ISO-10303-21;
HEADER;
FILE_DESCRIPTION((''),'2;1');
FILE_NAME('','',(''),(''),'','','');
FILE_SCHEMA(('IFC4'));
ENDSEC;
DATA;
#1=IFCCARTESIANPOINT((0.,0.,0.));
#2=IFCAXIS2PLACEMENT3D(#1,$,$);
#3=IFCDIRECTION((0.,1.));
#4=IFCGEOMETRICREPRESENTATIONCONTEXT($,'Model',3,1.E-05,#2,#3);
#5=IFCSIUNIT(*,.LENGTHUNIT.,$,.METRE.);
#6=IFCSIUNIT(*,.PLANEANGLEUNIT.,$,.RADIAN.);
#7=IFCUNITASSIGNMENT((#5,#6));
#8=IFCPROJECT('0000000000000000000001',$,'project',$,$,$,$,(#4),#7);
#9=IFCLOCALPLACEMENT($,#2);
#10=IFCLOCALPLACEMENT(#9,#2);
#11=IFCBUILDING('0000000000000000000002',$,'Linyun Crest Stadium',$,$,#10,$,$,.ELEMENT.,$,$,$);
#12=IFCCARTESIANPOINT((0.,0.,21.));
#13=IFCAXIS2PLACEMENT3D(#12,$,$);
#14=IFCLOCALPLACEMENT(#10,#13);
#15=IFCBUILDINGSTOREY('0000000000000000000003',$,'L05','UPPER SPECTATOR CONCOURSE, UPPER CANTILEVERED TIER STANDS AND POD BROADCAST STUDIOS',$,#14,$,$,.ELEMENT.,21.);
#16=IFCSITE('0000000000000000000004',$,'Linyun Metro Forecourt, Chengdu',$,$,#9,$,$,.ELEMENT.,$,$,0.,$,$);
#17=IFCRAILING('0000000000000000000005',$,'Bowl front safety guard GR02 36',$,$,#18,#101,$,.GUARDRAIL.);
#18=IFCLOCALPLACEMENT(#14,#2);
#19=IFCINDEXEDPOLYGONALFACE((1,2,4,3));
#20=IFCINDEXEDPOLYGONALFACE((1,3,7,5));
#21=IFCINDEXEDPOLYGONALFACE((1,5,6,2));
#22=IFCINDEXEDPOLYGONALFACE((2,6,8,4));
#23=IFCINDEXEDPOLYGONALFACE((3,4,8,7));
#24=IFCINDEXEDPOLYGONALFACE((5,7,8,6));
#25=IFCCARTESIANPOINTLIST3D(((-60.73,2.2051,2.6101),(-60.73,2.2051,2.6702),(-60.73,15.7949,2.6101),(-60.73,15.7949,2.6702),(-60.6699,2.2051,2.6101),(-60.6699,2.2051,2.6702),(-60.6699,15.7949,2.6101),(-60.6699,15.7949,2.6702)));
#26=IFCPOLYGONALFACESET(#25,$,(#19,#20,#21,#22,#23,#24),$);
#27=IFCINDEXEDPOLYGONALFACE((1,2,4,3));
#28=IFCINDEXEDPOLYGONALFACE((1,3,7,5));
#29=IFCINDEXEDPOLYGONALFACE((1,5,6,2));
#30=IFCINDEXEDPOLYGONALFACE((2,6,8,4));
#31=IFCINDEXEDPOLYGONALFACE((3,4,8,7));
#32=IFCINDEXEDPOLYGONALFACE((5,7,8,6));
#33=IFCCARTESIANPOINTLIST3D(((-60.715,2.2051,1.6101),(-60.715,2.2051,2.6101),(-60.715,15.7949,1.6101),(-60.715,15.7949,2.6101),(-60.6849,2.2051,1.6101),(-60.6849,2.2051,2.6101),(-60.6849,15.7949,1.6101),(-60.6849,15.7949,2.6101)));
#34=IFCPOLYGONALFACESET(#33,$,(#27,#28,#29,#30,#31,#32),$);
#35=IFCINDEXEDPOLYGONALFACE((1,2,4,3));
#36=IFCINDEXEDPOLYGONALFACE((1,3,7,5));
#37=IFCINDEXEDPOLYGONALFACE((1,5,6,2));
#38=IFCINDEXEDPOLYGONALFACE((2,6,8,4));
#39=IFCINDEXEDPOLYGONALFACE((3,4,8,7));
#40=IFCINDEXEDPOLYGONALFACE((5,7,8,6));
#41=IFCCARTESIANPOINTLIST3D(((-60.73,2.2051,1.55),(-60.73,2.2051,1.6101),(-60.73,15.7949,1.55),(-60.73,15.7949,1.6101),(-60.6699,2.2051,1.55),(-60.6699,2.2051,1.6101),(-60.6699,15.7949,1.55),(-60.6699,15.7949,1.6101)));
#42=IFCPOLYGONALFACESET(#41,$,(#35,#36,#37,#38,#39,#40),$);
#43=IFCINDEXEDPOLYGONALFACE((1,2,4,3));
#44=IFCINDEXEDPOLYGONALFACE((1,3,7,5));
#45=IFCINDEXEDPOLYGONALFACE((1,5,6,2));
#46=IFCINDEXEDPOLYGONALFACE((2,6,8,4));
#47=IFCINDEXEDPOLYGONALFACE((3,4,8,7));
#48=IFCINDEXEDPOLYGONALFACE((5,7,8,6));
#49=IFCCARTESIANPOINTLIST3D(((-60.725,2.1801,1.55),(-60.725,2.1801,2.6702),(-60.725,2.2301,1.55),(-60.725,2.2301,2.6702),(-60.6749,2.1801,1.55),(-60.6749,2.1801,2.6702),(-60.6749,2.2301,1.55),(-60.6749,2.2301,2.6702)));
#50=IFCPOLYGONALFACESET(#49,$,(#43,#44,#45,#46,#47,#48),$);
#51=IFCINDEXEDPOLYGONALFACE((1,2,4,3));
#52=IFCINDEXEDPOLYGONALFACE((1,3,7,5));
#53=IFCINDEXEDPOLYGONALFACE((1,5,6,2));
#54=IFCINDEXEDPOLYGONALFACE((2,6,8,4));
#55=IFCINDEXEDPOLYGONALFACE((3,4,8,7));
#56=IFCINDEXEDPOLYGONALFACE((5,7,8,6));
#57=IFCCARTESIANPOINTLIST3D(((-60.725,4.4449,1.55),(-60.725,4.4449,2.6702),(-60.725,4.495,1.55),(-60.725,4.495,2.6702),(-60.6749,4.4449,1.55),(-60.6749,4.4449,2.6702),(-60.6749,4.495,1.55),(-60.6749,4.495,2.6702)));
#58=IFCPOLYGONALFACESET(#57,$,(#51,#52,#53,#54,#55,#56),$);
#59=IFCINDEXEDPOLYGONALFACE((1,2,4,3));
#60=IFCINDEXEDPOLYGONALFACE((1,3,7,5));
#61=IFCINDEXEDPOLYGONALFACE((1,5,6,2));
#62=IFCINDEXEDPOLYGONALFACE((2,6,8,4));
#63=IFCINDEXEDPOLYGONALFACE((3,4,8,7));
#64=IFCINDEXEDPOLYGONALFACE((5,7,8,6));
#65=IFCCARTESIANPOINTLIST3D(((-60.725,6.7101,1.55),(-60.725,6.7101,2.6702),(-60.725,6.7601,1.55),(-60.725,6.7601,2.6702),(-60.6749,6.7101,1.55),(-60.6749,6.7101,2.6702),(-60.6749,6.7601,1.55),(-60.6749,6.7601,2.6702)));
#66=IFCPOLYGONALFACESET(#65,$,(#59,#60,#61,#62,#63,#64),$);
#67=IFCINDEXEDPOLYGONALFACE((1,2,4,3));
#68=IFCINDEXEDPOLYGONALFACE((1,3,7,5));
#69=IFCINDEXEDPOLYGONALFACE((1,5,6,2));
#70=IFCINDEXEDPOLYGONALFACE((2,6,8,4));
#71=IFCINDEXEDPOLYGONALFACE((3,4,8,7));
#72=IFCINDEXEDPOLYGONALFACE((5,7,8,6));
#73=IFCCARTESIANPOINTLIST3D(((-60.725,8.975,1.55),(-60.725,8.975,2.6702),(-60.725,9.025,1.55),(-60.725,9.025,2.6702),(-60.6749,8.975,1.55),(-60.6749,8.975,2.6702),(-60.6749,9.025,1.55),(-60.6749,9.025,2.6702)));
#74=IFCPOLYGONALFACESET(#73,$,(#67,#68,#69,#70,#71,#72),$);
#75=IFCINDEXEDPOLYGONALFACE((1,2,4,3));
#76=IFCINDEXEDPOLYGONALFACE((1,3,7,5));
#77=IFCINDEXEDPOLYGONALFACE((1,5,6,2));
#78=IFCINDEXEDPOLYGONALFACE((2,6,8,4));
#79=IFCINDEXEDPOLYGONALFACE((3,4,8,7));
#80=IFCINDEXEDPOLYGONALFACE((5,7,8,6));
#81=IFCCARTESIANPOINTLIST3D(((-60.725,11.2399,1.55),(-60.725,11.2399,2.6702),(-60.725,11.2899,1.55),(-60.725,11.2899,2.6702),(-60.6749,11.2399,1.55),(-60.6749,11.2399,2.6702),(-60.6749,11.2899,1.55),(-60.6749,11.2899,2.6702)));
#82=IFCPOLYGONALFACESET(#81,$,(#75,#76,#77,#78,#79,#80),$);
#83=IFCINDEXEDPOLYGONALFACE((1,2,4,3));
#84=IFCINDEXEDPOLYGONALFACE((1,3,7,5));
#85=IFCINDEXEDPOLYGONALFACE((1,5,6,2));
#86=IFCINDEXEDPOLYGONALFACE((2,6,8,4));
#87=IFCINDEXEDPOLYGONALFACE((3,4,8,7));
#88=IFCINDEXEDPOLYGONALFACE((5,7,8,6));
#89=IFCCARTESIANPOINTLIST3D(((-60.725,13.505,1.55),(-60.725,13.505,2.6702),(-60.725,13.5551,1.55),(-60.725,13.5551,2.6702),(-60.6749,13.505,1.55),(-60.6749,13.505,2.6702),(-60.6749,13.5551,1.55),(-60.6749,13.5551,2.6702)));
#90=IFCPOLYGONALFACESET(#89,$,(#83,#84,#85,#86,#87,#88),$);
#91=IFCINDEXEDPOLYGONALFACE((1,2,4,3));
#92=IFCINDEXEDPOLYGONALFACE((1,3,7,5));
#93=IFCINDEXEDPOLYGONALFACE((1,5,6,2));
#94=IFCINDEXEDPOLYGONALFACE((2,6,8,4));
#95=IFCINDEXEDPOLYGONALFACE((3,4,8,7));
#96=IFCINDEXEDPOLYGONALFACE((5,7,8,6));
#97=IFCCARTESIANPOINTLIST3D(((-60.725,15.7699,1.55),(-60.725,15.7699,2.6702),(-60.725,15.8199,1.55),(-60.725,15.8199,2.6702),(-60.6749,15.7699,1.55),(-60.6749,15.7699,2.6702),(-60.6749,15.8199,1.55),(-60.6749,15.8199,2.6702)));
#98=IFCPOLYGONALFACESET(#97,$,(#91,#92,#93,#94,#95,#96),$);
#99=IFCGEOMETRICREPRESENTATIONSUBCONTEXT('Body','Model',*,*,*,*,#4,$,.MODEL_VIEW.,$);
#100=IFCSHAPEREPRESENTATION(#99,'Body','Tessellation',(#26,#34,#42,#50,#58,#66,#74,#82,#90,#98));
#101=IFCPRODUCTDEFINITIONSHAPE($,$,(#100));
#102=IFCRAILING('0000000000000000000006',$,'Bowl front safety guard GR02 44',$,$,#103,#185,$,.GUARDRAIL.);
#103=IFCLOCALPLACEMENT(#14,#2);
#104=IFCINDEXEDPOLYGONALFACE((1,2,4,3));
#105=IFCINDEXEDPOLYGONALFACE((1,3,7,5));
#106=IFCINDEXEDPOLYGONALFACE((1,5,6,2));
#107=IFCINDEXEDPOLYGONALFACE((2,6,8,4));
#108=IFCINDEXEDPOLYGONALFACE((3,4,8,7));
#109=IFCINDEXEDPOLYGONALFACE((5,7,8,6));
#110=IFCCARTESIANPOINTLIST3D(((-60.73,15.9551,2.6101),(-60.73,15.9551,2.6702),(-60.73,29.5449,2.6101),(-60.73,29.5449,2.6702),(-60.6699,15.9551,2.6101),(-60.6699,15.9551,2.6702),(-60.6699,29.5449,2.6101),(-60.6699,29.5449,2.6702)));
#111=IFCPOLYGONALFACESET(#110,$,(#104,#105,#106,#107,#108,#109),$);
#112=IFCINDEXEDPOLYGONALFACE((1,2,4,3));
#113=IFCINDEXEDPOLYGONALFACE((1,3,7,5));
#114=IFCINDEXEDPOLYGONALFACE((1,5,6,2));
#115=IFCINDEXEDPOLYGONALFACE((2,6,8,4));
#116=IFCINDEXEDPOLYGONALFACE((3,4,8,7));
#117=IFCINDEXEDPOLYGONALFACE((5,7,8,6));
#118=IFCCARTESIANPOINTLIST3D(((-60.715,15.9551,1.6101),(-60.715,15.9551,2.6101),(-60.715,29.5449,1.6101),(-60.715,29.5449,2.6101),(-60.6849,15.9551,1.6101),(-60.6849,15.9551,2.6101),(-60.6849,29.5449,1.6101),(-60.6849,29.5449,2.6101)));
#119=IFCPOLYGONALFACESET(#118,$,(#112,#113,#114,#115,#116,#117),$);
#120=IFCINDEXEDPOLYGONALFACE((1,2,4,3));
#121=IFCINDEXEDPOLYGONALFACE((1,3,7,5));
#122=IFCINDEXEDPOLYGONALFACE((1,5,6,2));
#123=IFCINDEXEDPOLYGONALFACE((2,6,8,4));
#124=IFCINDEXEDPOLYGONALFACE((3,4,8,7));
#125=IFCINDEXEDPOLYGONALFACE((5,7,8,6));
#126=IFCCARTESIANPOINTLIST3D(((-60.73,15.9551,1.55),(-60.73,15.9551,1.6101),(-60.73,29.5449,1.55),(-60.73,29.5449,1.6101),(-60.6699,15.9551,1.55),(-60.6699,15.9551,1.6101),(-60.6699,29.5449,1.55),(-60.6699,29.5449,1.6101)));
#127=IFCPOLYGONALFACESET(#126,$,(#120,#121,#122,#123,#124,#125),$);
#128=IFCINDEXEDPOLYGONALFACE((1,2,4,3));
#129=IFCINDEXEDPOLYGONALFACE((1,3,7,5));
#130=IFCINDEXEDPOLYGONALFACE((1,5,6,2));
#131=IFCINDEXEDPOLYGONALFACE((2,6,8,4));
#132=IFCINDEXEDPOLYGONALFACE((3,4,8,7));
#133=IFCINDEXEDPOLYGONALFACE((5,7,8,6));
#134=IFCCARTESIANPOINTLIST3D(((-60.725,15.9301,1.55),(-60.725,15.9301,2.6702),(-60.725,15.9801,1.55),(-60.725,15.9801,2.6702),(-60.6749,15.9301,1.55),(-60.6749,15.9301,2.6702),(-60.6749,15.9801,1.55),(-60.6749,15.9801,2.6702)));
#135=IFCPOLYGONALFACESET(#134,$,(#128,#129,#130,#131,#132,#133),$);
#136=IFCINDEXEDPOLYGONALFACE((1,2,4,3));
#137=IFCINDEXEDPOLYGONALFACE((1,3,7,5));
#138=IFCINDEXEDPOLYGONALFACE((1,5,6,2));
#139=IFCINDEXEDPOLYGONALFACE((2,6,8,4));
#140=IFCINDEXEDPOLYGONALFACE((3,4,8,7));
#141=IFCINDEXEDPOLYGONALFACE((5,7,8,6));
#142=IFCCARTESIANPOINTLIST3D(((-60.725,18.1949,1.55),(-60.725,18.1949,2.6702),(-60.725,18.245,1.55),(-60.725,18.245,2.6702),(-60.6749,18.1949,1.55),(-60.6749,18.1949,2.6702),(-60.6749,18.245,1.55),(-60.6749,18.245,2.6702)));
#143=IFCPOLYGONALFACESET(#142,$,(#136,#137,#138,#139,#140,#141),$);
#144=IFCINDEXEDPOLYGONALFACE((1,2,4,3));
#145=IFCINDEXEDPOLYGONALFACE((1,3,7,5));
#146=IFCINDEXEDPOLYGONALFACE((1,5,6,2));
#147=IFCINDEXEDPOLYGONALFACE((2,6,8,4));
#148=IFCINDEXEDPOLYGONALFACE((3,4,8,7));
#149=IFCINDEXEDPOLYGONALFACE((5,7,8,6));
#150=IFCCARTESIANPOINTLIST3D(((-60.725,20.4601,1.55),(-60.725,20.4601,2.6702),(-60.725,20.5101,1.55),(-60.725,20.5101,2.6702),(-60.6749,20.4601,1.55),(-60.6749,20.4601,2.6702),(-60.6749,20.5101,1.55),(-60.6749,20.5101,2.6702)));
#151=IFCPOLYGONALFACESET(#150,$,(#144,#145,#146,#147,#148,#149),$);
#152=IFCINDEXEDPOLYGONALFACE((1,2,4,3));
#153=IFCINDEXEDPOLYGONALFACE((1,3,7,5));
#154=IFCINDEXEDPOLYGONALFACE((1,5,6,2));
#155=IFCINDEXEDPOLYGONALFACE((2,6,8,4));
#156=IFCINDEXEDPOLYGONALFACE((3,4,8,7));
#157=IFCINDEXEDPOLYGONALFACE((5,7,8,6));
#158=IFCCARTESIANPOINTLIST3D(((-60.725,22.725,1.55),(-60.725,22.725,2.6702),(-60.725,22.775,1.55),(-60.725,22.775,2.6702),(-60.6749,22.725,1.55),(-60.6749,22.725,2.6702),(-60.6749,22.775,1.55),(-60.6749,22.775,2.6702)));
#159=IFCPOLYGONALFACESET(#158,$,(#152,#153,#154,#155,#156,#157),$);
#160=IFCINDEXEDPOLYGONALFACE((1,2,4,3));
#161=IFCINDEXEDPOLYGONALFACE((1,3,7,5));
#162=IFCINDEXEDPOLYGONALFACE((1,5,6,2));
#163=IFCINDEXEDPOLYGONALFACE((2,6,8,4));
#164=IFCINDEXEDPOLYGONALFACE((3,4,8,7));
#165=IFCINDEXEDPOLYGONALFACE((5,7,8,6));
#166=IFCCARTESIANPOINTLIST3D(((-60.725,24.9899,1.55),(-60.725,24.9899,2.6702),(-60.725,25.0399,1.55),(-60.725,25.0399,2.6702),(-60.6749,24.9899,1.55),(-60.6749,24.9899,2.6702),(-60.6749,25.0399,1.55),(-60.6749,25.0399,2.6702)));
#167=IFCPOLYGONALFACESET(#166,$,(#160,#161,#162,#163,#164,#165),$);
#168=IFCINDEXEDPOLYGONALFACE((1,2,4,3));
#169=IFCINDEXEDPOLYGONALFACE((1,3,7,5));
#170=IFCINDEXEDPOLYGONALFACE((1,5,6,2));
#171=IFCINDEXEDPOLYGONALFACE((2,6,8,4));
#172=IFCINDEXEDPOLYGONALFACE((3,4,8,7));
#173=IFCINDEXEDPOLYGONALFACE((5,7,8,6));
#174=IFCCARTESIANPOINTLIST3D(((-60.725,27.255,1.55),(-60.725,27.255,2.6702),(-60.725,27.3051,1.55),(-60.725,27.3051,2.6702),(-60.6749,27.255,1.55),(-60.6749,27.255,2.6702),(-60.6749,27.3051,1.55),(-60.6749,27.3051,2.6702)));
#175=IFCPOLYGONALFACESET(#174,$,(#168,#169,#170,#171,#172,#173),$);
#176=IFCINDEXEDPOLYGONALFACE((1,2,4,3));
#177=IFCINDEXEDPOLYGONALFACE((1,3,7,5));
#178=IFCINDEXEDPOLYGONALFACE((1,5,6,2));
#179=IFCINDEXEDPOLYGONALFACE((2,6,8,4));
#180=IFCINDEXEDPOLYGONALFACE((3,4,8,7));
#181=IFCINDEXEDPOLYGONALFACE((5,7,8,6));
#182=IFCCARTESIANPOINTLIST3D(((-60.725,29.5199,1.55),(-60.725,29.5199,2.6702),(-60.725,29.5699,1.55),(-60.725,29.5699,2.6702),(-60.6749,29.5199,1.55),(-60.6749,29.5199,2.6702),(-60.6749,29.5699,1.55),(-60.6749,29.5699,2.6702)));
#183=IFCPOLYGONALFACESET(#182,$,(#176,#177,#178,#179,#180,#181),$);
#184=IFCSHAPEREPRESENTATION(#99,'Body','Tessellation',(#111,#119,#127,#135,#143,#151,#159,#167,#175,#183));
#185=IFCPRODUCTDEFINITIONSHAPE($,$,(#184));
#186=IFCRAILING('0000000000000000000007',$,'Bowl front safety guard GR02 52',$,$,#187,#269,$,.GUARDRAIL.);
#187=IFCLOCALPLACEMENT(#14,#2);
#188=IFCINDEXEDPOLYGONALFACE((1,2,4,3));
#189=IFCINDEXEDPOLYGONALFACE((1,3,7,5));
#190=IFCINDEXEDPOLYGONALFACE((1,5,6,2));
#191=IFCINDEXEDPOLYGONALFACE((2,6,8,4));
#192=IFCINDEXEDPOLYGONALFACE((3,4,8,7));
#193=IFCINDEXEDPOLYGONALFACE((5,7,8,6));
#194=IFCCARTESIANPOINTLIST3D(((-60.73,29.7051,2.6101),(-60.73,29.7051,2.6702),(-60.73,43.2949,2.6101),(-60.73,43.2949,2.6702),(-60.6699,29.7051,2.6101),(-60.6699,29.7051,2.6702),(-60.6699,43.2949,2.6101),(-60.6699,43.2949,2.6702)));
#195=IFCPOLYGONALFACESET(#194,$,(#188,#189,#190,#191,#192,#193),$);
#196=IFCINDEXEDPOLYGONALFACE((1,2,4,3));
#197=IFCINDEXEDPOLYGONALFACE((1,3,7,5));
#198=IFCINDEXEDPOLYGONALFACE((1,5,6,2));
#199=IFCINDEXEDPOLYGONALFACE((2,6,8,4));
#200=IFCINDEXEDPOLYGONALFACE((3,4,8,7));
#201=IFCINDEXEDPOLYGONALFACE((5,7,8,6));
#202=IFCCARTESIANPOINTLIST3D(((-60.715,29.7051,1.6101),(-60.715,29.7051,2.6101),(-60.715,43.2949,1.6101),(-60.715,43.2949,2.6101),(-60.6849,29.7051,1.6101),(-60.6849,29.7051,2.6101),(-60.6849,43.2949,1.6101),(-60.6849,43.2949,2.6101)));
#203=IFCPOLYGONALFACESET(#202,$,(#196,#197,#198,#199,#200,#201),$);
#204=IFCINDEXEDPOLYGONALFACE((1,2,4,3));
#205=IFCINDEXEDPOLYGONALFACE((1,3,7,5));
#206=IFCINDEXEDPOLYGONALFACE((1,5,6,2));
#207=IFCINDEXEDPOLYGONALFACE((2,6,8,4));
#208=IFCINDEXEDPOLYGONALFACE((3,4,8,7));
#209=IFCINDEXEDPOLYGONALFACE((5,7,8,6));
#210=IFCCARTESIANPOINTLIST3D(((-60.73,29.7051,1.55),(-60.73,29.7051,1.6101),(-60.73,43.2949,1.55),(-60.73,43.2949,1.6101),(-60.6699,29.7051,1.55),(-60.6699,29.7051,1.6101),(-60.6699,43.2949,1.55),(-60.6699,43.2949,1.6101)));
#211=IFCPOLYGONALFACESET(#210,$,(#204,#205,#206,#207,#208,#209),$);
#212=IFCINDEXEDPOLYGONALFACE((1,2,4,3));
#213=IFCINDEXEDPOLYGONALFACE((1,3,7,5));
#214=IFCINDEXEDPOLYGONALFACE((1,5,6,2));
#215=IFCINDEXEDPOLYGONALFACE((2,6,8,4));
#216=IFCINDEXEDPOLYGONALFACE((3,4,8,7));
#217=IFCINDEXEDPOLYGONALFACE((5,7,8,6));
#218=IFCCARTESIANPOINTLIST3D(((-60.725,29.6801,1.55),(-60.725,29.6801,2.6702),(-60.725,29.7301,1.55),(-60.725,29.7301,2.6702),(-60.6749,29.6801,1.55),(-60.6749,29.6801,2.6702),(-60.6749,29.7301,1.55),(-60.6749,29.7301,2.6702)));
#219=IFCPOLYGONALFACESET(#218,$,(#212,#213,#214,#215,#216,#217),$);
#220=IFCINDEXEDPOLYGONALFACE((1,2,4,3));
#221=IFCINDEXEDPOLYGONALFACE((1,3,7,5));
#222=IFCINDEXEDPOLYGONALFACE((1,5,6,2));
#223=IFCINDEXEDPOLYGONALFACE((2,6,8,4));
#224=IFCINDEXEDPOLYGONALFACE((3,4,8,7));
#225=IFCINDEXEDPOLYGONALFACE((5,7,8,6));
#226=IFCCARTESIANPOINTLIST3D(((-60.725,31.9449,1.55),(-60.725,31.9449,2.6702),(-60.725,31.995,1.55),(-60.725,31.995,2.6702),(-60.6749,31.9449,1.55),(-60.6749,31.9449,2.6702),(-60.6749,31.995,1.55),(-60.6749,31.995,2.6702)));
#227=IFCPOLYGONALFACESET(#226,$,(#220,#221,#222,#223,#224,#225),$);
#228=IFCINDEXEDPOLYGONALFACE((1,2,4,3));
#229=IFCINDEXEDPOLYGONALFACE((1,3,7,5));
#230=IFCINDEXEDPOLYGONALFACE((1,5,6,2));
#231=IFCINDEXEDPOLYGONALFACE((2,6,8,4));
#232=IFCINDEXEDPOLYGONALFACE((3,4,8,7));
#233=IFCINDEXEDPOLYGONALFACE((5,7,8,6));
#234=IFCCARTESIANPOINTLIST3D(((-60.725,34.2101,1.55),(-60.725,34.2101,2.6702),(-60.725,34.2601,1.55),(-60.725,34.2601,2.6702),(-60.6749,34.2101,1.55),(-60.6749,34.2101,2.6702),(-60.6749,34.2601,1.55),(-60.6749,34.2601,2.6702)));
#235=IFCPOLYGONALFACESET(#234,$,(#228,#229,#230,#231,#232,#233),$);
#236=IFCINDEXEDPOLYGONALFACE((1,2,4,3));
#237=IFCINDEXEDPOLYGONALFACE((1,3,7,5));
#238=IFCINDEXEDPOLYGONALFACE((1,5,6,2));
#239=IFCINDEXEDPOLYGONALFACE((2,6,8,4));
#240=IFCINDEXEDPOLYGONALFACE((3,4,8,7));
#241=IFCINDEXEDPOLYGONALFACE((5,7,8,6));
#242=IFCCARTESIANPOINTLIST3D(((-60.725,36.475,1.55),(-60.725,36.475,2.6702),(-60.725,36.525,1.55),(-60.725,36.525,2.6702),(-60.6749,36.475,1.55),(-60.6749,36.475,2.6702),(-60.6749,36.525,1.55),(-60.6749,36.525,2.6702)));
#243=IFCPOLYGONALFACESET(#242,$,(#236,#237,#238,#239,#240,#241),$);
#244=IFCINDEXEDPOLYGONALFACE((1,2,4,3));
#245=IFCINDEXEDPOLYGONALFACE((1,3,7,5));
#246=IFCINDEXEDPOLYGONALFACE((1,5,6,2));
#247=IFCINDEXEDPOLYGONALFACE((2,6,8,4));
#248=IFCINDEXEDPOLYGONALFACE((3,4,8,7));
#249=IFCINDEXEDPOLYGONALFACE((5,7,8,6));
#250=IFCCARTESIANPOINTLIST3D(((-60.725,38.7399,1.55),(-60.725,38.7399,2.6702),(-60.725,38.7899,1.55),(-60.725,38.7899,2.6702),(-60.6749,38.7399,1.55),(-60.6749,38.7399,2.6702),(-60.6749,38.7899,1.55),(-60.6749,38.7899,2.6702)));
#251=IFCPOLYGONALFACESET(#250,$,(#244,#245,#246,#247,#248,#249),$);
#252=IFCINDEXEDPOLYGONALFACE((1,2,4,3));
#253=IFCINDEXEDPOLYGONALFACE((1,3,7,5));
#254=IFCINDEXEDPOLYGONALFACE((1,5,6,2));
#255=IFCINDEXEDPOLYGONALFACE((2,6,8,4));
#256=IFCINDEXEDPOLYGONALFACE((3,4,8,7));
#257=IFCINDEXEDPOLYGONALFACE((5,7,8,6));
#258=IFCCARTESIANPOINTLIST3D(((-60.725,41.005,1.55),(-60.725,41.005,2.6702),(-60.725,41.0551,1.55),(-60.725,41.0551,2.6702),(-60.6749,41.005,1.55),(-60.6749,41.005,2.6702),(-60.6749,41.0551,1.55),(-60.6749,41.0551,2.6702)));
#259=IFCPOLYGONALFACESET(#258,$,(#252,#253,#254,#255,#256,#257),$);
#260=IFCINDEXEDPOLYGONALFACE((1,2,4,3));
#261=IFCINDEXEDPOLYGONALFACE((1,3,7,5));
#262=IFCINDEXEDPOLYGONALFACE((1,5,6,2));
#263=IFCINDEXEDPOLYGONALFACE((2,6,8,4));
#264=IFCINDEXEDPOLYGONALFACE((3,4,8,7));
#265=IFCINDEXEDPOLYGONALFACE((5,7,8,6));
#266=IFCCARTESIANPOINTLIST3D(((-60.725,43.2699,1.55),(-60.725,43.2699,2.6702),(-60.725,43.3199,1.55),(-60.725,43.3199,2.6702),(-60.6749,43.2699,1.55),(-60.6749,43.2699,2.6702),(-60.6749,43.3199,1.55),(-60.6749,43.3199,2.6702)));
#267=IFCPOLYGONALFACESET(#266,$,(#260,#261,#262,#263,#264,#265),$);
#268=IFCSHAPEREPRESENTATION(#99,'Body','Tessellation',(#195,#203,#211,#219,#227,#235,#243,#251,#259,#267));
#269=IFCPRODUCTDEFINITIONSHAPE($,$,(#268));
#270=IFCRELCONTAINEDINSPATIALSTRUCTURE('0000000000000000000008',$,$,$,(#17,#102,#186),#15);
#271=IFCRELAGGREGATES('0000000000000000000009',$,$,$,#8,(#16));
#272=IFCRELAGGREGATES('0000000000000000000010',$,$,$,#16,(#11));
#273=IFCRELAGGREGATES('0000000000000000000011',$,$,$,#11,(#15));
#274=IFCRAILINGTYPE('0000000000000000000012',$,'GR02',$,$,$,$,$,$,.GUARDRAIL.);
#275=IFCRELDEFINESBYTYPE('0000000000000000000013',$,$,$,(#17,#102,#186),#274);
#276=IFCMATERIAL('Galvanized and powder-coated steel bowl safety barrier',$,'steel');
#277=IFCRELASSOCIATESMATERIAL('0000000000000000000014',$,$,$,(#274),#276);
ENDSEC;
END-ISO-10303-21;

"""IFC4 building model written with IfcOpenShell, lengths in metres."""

from ifc_helpers import new_model, si_unit, direction, frame, origin, origin_2d, place, context, subcontext, project, spatial, rectangle, extrude, material, type_object, element, save


model = new_model("IFC4")

# Units and contexts
model_context = context("Model", 3, precision=1e-05, world=origin(), true_north=direction((0.0, 1.0)))
body_context = subcontext(model_context, "Body", "Model", "MODEL_VIEW")
ifc_project = project(units=[si_unit("LENGTHUNIT", "METRE"), si_unit("PLANEANGLEUNIT", "RADIAN")], contexts=[model_context])

# Site, building, storey
site_placement = place(None, origin())
site = spatial("IfcSite", under=ifc_project, at=site_placement, Name="Linyun Metro Forecourt, Chengdu", CompositionType="ELEMENT", RefElevation=0.0)
building_placement = place(site_placement, origin())
building = spatial("IfcBuilding", under=site, at=building_placement, Name="Linyun Crest Stadium", CompositionType="ELEMENT")
storey_placement = place(building_placement, frame((0.0, 0.0, 21.0)))
storey = spatial("IfcBuildingStorey", under=building, at=storey_placement, Name="L05", Description="UPPER SPECTATOR CONCOURSE, UPPER CANTILEVERED TIER STANDS AND POD BROADCAST STUDIOS", CompositionType="ELEMENT", Elevation=21.0)

# Railings
ifc_material_1 = material(Name="Galvanized and powder-coated steel bowl safety barrier", Category="steel")
railing_type = type_object("IfcRailingType", Name="GR02", PredefinedType="GUARDRAIL", material=ifc_material_1)
for number, where, name in (
    (1, (-60.7, 2.2051, 1.55), "Bowl front safety guard GR02 36"),
    (2, (-60.7, 15.9551, 1.55), "Bowl front safety guard GR02 44"),
    (3, (-60.7, 29.7051, 1.55), "Bowl front safety guard GR02 52"),
):
    element("IfcRailing", number, at=place(storey_placement, frame(where)), inside=storey, type_object=railing_type, Name=name, PredefinedType="GUARDRAIL", context=body_context, shape_type="SweptSolid", body=[
        extrude(rectangle(XDim=0.0601, YDim=0.0601, at=origin_2d()), frame((0.0, 0.0, 1.0901), z_axis=(0.0, 1.0, 0.0), x_axis=(-1.0, 0.0, 0.0)), (0.0, 0.0, 1.0), 13.5898),
        extrude(rectangle(XDim=0.03, YDim=1.0, at=origin_2d()), frame((0.0, 0.0, 0.5601), z_axis=(0.0, 1.0, 0.0), x_axis=(-1.0, 0.0, 0.0)), (0.0, 0.0, 1.0), 13.5898),
        extrude(rectangle(XDim=0.0601, YDim=0.0601, at=origin_2d()), frame((0.0, 0.0, 0.03), z_axis=(0.0, 1.0, 0.0), x_axis=(-1.0, 0.0, 0.0)), (0.0, 0.0, 1.0), 13.5898),
        extrude(rectangle(XDim=0.05, YDim=0.05, at=origin_2d()), origin(), (0.0, 0.0, 1.0), 1.1201),
        extrude(rectangle(XDim=0.05, YDim=0.05, at=origin_2d()), frame((0.0, 2.2649, 0.0)), (0.0, 0.0, 1.0), 1.1201),
        extrude(rectangle(XDim=0.05, YDim=0.05, at=origin_2d()), frame((0.0, 4.53, 0.0)), (0.0, 0.0, 1.0), 1.1201),
        extrude(rectangle(XDim=0.05, YDim=0.05, at=origin_2d()), frame((0.0, 6.7949, 0.0)), (0.0, 0.0, 1.0), 1.1201),
        extrude(rectangle(XDim=0.05, YDim=0.05, at=origin_2d()), frame((0.0, 9.0598, 0.0)), (0.0, 0.0, 1.0), 1.1201),
        extrude(rectangle(XDim=0.05, YDim=0.05, at=origin_2d()), frame((0.0, 11.325, 0.0)), (0.0, 0.0, 1.0), 1.1201),
        extrude(rectangle(XDim=0.05, YDim=0.05, at=origin_2d()), frame((0.0, 13.5898, 0.0)), (0.0, 0.0, 1.0), 1.1201),
    ])

save(model, "model.ifc")
